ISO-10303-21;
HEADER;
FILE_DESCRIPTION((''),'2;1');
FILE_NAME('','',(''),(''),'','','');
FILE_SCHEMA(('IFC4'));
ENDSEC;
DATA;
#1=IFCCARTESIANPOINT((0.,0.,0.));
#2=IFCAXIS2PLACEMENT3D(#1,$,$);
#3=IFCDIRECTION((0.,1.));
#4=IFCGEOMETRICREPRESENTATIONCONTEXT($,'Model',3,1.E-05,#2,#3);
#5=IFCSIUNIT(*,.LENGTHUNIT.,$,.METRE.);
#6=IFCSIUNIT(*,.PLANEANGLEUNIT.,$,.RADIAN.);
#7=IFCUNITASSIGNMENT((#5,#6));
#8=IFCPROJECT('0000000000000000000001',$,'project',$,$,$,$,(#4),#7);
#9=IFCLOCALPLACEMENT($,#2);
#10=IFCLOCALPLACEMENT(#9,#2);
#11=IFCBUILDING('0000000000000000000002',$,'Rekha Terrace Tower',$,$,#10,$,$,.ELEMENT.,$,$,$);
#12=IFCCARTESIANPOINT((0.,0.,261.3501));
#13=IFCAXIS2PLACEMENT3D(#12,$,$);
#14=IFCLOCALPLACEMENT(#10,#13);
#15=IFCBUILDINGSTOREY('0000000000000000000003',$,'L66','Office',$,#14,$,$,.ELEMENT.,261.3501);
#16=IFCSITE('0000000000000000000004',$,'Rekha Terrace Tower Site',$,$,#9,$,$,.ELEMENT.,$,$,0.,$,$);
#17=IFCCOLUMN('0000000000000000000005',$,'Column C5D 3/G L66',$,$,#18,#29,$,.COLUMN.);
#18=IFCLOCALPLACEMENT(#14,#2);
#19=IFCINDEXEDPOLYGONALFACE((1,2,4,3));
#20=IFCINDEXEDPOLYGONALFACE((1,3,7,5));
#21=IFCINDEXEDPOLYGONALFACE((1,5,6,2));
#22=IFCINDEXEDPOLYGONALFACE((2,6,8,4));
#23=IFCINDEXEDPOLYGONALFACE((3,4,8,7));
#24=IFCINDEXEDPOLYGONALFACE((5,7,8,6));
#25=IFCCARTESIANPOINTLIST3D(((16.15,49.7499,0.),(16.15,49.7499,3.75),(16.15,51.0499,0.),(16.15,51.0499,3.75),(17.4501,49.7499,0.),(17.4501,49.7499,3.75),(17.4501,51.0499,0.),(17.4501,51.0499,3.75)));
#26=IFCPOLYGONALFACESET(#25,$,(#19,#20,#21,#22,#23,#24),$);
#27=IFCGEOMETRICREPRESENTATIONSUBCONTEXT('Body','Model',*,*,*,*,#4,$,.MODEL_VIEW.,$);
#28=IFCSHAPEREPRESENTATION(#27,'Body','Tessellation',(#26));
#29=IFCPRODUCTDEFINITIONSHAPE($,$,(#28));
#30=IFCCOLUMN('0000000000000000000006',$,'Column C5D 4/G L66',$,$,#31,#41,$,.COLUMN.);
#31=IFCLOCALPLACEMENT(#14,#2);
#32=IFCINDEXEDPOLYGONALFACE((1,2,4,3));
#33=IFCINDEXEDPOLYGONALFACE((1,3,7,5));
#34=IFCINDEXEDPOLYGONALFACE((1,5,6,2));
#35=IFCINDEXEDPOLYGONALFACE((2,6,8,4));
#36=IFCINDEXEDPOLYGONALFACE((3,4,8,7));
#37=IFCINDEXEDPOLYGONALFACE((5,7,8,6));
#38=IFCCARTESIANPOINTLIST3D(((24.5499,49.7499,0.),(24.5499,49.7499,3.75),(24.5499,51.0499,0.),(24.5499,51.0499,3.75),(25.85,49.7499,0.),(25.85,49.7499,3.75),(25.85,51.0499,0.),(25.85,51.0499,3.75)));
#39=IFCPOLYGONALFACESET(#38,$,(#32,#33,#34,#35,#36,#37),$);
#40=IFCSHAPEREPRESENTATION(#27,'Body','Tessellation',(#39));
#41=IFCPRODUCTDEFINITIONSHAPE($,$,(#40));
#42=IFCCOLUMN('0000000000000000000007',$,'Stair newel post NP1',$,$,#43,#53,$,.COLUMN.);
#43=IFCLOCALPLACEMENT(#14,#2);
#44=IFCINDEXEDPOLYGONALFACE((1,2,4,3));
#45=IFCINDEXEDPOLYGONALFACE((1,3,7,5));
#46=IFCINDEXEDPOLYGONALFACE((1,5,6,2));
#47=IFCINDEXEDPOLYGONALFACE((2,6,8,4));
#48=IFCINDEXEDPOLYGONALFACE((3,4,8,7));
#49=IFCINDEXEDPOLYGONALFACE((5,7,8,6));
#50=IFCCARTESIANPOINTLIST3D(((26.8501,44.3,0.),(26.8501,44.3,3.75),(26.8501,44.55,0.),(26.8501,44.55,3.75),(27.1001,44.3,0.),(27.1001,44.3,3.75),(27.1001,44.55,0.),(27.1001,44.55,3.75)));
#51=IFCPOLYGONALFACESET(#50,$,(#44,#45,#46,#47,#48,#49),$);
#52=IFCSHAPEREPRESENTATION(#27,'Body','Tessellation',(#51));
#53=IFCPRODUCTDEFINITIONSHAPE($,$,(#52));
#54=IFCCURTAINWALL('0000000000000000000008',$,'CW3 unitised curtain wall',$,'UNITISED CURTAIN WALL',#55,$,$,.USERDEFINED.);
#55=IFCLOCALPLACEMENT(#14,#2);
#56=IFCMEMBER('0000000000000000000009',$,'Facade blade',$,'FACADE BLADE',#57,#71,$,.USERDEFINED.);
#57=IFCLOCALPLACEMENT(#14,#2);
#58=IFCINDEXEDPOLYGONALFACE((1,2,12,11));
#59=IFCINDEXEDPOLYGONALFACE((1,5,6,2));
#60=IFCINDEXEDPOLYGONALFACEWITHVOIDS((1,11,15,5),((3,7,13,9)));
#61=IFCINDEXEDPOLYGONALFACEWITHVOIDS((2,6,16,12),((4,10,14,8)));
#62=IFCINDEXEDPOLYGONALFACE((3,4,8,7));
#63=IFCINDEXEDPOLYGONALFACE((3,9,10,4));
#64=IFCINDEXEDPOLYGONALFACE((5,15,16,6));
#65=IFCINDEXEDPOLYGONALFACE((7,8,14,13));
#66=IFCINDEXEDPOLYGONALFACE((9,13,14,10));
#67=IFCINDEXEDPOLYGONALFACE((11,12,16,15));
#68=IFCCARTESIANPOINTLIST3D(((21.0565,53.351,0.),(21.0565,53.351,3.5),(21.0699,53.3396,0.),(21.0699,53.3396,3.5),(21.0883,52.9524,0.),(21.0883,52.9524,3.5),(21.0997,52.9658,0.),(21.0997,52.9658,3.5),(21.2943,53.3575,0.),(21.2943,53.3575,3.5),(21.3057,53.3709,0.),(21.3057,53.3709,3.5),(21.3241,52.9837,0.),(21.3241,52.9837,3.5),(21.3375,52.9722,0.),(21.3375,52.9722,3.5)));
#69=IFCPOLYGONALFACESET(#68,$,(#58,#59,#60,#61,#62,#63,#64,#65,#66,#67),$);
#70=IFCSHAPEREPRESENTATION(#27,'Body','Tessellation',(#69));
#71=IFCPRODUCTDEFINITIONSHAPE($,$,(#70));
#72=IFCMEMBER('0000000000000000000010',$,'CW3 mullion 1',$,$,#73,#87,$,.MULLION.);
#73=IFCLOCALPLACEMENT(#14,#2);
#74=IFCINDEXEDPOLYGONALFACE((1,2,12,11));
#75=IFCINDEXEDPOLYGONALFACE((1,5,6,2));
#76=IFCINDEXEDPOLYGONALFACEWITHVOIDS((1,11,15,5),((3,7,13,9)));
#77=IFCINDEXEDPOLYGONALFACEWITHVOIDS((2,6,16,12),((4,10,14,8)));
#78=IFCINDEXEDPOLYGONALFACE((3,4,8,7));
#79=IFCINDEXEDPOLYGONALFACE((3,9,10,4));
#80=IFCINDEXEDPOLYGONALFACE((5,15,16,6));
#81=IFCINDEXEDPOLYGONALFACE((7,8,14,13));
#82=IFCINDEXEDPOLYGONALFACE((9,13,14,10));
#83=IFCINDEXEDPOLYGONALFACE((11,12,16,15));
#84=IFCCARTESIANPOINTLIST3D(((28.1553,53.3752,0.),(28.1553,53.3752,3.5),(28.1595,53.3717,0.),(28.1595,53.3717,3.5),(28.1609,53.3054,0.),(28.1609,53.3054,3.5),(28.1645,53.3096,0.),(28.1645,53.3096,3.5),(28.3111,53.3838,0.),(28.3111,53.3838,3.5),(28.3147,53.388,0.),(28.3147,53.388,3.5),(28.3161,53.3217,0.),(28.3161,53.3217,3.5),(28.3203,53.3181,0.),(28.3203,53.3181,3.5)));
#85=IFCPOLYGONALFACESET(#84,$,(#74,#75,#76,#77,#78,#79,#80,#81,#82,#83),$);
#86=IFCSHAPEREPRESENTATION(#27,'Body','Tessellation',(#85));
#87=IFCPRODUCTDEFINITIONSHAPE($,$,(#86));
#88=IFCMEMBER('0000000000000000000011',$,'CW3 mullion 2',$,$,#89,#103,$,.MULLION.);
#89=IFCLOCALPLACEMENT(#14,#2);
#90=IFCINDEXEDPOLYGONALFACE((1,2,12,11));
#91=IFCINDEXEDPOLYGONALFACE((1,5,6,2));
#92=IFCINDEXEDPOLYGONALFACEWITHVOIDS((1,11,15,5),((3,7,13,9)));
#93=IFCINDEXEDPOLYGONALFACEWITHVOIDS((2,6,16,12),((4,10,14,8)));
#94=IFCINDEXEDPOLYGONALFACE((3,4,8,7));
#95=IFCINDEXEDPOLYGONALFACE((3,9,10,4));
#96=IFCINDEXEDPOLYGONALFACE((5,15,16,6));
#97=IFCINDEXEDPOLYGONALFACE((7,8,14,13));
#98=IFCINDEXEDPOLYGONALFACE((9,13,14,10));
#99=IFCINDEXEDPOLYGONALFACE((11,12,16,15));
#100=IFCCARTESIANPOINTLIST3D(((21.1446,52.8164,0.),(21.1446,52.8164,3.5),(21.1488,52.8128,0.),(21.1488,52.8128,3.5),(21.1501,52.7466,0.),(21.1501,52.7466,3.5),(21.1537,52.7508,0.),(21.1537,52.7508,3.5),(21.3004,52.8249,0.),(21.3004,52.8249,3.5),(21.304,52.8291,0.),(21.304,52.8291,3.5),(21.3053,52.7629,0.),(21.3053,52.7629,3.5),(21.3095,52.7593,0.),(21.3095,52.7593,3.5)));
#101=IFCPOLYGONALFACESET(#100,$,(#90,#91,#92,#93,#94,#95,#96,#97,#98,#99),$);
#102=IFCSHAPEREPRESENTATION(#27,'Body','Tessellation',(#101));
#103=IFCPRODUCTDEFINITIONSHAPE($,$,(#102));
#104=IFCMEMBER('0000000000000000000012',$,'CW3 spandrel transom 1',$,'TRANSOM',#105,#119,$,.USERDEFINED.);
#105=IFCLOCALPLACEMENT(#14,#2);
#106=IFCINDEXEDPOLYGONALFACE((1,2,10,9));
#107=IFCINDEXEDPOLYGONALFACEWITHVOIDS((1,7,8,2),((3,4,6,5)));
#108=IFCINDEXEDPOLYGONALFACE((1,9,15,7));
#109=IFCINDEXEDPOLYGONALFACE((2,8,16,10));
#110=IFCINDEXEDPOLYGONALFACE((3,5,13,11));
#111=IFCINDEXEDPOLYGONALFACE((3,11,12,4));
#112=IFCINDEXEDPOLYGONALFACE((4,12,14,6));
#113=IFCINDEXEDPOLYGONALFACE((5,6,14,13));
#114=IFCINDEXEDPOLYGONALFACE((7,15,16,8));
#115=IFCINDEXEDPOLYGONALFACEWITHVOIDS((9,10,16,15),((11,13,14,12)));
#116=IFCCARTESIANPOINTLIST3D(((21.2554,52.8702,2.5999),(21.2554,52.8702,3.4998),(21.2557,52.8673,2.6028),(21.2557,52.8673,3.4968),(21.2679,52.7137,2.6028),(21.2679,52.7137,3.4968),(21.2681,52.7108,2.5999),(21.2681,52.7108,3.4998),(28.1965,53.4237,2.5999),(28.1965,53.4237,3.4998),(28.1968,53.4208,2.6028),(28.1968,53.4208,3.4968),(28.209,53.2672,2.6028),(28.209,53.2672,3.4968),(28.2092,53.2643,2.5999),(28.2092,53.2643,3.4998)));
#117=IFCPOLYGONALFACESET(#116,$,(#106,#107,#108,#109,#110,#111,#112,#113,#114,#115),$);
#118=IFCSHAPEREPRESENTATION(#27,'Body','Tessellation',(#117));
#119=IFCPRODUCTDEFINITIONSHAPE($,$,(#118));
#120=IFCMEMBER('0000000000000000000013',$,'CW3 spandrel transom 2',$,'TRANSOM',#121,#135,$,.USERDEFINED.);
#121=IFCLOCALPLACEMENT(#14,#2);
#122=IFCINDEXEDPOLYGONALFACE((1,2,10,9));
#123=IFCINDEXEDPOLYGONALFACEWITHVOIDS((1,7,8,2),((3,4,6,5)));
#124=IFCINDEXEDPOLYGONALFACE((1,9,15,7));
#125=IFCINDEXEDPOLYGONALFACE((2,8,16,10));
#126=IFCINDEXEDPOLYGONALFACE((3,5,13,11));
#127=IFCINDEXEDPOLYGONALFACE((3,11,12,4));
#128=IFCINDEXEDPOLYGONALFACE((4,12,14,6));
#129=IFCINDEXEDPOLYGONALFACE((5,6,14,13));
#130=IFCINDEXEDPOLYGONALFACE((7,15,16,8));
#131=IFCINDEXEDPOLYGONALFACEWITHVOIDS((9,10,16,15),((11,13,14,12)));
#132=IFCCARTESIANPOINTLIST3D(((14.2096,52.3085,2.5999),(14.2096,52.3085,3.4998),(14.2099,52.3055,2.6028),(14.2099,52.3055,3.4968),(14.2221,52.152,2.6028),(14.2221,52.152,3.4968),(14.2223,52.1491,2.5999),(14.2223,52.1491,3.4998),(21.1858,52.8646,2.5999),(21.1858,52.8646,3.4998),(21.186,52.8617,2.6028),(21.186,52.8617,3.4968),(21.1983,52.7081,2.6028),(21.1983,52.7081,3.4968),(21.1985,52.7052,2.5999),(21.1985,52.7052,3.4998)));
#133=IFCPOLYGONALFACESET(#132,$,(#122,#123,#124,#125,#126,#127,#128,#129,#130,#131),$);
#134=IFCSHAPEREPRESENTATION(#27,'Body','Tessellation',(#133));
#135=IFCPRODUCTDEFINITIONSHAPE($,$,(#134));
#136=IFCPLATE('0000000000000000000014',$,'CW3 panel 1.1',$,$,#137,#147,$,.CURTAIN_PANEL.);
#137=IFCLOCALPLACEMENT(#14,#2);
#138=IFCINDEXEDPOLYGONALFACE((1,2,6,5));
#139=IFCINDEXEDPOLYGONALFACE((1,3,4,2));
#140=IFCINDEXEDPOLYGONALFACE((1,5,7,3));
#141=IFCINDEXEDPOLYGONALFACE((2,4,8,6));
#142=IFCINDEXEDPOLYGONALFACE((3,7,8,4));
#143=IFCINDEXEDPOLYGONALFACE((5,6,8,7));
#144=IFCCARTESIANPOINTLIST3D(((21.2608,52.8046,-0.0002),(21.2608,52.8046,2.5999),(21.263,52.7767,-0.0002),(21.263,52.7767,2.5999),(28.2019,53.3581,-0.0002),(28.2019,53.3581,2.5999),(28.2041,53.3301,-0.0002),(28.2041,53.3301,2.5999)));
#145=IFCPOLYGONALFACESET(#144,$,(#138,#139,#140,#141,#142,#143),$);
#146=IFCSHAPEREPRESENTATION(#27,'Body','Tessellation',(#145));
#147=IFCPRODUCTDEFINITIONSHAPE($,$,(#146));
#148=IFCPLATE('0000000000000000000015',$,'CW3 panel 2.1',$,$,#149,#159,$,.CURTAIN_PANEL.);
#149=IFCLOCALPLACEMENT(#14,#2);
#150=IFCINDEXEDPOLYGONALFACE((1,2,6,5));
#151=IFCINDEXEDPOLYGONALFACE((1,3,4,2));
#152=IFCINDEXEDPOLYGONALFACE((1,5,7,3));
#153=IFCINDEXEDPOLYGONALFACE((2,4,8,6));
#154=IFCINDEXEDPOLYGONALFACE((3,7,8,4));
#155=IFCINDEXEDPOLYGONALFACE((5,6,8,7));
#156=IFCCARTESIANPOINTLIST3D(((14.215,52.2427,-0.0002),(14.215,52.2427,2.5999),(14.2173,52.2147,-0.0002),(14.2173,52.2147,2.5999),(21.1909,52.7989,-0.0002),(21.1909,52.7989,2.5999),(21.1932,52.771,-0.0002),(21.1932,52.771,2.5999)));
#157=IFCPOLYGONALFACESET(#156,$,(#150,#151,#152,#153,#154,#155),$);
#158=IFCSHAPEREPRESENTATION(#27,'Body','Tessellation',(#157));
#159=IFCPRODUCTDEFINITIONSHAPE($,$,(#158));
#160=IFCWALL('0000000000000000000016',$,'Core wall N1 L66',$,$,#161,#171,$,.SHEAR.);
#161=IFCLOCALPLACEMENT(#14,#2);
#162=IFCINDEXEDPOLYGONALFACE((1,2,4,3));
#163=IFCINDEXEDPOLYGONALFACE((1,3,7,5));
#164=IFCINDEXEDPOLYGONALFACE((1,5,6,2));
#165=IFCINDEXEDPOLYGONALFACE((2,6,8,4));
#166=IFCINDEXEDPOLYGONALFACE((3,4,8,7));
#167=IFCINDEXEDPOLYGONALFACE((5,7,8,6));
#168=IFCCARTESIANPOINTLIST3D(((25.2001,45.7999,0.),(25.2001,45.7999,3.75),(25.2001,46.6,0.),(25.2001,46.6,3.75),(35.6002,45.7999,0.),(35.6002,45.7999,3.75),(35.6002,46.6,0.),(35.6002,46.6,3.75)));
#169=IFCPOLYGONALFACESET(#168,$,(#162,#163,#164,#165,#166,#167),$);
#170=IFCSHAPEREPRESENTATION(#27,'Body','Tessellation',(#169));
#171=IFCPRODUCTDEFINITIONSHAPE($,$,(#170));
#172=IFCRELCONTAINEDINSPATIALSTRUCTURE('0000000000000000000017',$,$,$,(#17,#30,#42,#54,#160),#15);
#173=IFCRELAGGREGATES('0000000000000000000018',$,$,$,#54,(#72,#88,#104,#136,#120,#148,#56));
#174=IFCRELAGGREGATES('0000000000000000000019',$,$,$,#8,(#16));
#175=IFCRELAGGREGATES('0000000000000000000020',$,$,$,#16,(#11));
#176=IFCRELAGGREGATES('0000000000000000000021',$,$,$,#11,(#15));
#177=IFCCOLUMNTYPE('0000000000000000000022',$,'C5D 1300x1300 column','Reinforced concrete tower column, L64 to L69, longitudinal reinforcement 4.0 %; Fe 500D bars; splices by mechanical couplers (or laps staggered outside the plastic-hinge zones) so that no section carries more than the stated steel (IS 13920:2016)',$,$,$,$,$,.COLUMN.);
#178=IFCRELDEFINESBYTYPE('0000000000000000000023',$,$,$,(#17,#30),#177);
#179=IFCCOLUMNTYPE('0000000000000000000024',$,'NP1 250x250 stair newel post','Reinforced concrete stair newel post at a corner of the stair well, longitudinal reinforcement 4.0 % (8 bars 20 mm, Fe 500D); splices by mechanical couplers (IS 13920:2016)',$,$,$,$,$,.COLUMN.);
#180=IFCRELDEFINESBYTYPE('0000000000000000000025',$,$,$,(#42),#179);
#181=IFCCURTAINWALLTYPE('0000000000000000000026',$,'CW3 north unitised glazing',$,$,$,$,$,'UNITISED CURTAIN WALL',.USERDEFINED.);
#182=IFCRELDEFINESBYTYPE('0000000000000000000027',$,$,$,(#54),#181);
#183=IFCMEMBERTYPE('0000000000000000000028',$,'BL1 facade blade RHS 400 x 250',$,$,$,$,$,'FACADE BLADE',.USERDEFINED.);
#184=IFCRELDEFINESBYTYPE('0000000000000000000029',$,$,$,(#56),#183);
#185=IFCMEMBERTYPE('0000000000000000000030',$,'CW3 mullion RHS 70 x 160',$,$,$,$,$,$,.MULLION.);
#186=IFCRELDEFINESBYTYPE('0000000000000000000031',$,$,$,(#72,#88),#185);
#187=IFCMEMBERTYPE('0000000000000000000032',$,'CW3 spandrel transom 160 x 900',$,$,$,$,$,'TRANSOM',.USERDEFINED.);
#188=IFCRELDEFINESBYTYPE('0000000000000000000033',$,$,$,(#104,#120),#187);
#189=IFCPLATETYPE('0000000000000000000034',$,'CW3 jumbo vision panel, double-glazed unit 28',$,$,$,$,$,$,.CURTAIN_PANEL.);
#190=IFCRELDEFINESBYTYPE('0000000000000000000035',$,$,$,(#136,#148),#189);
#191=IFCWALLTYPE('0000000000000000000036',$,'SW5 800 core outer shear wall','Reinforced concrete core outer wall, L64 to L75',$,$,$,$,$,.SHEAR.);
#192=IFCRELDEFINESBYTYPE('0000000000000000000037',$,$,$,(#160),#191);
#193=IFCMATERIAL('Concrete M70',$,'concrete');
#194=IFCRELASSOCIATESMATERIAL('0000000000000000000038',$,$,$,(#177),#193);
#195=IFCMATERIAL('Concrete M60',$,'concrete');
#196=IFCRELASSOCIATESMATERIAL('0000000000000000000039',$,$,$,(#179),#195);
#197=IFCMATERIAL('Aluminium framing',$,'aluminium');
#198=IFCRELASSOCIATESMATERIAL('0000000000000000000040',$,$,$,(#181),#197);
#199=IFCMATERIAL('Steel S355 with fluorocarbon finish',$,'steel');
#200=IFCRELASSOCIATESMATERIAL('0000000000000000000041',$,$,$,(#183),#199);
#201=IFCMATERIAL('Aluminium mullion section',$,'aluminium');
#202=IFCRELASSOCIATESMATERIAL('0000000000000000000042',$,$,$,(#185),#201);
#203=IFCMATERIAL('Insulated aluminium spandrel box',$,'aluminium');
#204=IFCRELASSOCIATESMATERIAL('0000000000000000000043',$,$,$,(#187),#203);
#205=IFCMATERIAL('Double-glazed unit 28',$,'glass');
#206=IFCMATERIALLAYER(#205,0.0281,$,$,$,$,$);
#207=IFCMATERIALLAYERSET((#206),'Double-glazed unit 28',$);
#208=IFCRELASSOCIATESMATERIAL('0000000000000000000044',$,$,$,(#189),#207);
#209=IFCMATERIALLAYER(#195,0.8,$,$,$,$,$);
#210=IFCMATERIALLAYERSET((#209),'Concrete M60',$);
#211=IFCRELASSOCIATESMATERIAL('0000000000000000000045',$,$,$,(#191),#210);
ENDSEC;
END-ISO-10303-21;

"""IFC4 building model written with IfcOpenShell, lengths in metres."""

from ifc_helpers import new_model, si_unit, direction, frame, frame_2d, origin, origin_2d, place, context, subcontext, project, spatial, rectangle, hollow_rectangle, extrude, material, layer, layer_set, material_profile, profile_set, type_object, element, aggregate, save


model = new_model("IFC4")

# Units and contexts
model_context = context("Model", 3, precision=1e-05, world=origin(), true_north=direction((0.0, 1.0)))
body_context = subcontext(model_context, "Body", "Model", "MODEL_VIEW")
ifc_project = project(units=[si_unit("LENGTHUNIT", "METRE"), si_unit("PLANEANGLEUNIT", "RADIAN")], contexts=[model_context])

# Site, building, storey
site_placement = place(None, origin())
site = spatial("IfcSite", under=ifc_project, at=site_placement, Name="Rekha Terrace Tower Site", CompositionType="ELEMENT", RefElevation=0.0)
building_placement = place(site_placement, origin())
building = spatial("IfcBuilding", under=site, at=building_placement, Name="Rekha Terrace Tower", CompositionType="ELEMENT")
storey_placement = place(building_placement, frame((0.0, 0.0, 261.3501)))
storey = spatial("IfcBuildingStorey", under=building, at=storey_placement, Name="L66", Description="Office", CompositionType="ELEMENT", Elevation=261.3501)

# Columns
ifc_material_1 = material(Name="Concrete M70", Category="concrete")
ifc_material_profile_1 = material_profile(ifc_material_1, rectangle(XDim=1.3, YDim=1.3, at=origin_2d()), Name="RC 1300x1300")
ifc_profile_set_1 = profile_set([ifc_material_profile_1], Name="Concrete M70")
column_type_1 = type_object("IfcColumnType", Name="C5D 1300x1300 column", Description="Reinforced concrete tower column, L64 to L69, longitudinal reinforcement 4.0 %; Fe 500D bars; splices by mechanical couplers (or laps staggered outside the plastic-hinge zones) so that no section carries more than the stated steel (IS 13920:2016)", PredefinedType="COLUMN", material=ifc_profile_set_1)
for number, where, z_axis, x_axis, name in (
    (1, (16.8, 50.3999, 0.0), (0.0, 0.0, 1.0), (1.0, 0.0, 0.0), "Column C5D 3/G L66"),
    (2, (25.2, 50.3999, 0.0), (0.0, 0.0, 1.0), (1.0, 0.0, 0.0), "Column C5D 4/G L66"),
):
    element("IfcColumn", number, at=place(storey_placement, frame(where, z_axis=z_axis, x_axis=x_axis)), inside=storey, type_object=column_type_1, Name=name, PredefinedType="COLUMN", context=body_context, shape_type="SweptSolid", body=[
        extrude(rectangle(XDim=1.3, YDim=1.3, at=origin_2d()), origin(), (0.0, 0.0, 1.0), 3.75),
    ])
ifc_material_2 = material(Name="Concrete M60", Category="concrete")
ifc_material_profile_2 = material_profile(ifc_material_2, rectangle(XDim=0.25, YDim=0.25, at=origin_2d()), Name="RC 250x250")
ifc_profile_set_2 = profile_set([ifc_material_profile_2], Name="Concrete M60")
column_type_2 = type_object("IfcColumnType", Name="NP1 250x250 stair newel post", Description="Reinforced concrete stair newel post at a corner of the stair well, longitudinal reinforcement 4.0 % (8 bars 20 mm, Fe 500D); splices by mechanical couplers (IS 13920:2016)", PredefinedType="COLUMN", material=ifc_profile_set_2)
column_placement = place(storey_placement, frame((26.9751, 44.425, 0.0), z_axis=(0.0, 0.0, 1.0), x_axis=(1.0, 0.0, 0.0)))
element("IfcColumn", 3, at=column_placement, inside=storey, type_object=column_type_2, Name="Stair newel post NP1", PredefinedType="COLUMN", context=body_context, shape_type="SweptSolid", body=[
    extrude(rectangle(XDim=0.25, YDim=0.25, at=origin_2d()), origin(), (0.0, 0.0, 1.0), 3.75),
])

# Curtain wall, members, plates
ifc_material_3 = material(Name="Aluminium framing", Category="aluminium")
curtain_wall_type = type_object("IfcCurtainWallType", Name="CW3 north unitised glazing", ElementType="UNITISED CURTAIN WALL", PredefinedType="USERDEFINED", material=ifc_material_3)
curtain_wall_placement = place(storey_placement, origin())
curtain_wall = element("IfcCurtainWall", 4, at=curtain_wall_placement, inside=storey, type_object=curtain_wall_type, Name="CW3 unitised curtain wall", ObjectType="UNITISED CURTAIN WALL", PredefinedType="USERDEFINED")
ifc_material_4 = material(Name="Steel S355 with fluorocarbon finish", Category="steel")
ifc_material_profile_3 = material_profile(ifc_material_4, hollow_rectangle(XDim=0.25, YDim=0.3999, WallThickness=0.0125, at=origin_2d()), Name="RHS400x250x12.5")
ifc_profile_set_3 = profile_set([ifc_material_profile_3], Name="Steel S355 with fluorocarbon finish")
member_type_1 = type_object("IfcMemberType", Name="BL1 facade blade RHS 400 x 250", ElementType="FACADE BLADE", PredefinedType="USERDEFINED", material=ifc_profile_set_3)
member_1_placement = place(storey_placement, frame((21.197, 53.1616, 0.0), z_axis=(0.0, 0.0, 1.0), x_axis=(-0.996836, -0.079486, 0.0)))
member_1 = element("IfcMember", 5, at=member_1_placement, type_object=member_type_1, Name="Facade blade", ObjectType="FACADE BLADE", PredefinedType="USERDEFINED", context=body_context, shape_type="SweptSolid", body=[
    extrude(hollow_rectangle(XDim=0.25, YDim=0.3999, WallThickness=0.0125, at=origin_2d()), origin(), (0.0, 0.0, 1.0), 3.5),
])
ifc_material_5 = material(Name="Aluminium mullion section", Category="aluminium")
ifc_material_profile_4 = material_profile(ifc_material_5, hollow_rectangle(XDim=0.0701, YDim=0.1599, WallThickness=0.0039, at=origin_2d()), Name="AL RHS 70x160")
ifc_profile_set_4 = profile_set([ifc_material_profile_4], Name="Aluminium mullion section")
member_type_2 = type_object("IfcMemberType", Name="CW3 mullion RHS 70 x 160", PredefinedType="MULLION", material=ifc_profile_set_4)
member_2_placement = place(storey_placement, frame((28.2378, 53.3467, 0.0), z_axis=(0.0, 0.0, 1.0), x_axis=(0.079485, -0.996836, 0.0)))
member_2 = element("IfcMember", 6, at=member_2_placement, type_object=member_type_2, Name="CW3 mullion 1", PredefinedType="MULLION", context=body_context, shape_type="SweptSolid", body=[
    extrude(hollow_rectangle(XDim=0.0701, YDim=0.1599, WallThickness=0.0039, at=origin_2d()), origin(), (0.0, 0.0, 1.0), 3.5),
])
member_3_placement = place(storey_placement, frame((21.2271, 52.7878, 0.0), z_axis=(0.0, 0.0, 1.0), x_axis=(0.079485, -0.996836, 0.0)))
member_3 = element("IfcMember", 7, at=member_3_placement, type_object=member_type_2, Name="CW3 mullion 2", PredefinedType="MULLION", context=body_context, shape_type="SweptSolid", body=[
    extrude(hollow_rectangle(XDim=0.0701, YDim=0.1599, WallThickness=0.0039, at=origin_2d()), origin(), (0.0, 0.0, 1.0), 3.5),
])
ifc_material_6 = material(Name="Insulated aluminium spandrel box", Category="aluminium")
ifc_material_profile_5 = material_profile(ifc_material_6, hollow_rectangle(XDim=0.1599, YDim=0.8999, WallThickness=0.0029, at=origin_2d()), Name="AL SPANDREL BOX 160x900")
ifc_profile_set_5 = profile_set([ifc_material_profile_5], Name="Insulated aluminium spandrel box")
member_type_3 = type_object("IfcMemberType", Name="CW3 spandrel transom 160 x 900", ElementType="TRANSOM", PredefinedType="USERDEFINED", material=ifc_profile_set_5)
member_4_placement = place(storey_placement, frame((28.2029, 53.344, 3.0498), z_axis=(-0.996836, -0.079485, 0.0), x_axis=(0.079485, -0.996836, 0.0)))
member_4 = element("IfcMember", 8, at=member_4_placement, type_object=member_type_3, Name="CW3 spandrel transom 1", ObjectType="TRANSOM", PredefinedType="USERDEFINED", context=body_context, shape_type="SweptSolid", body=[
    extrude(hollow_rectangle(XDim=0.1599, YDim=0.8999, WallThickness=0.0029, at=origin_2d()), origin(), (0.0, 0.0, 1.0), 6.9631),
])
member_5_placement = place(storey_placement, frame((21.1921, 52.7849, 3.0498), z_axis=(-0.996837, -0.079471, 0.0), x_axis=(0.079471, -0.996837, 0.0)))
member_5 = element("IfcMember", 9, at=member_5_placement, type_object=member_type_3, Name="CW3 spandrel transom 2", ObjectType="TRANSOM", PredefinedType="USERDEFINED", context=body_context, shape_type="SweptSolid", body=[
    extrude(hollow_rectangle(XDim=0.1599, YDim=0.8999, WallThickness=0.0029, at=origin_2d()), origin(), (0.0, 0.0, 1.0), 6.9983),
])
ifc_material_7 = material(Name="Double-glazed unit 28", Category="glass")
ifc_layer_1 = layer(ifc_material_7, 0.0281)
ifc_layer_set_1 = layer_set([ifc_layer_1], Name="Double-glazed unit 28")
plate_type = type_object("IfcPlateType", Name="CW3 jumbo vision panel, double-glazed unit 28", PredefinedType="CURTAIN_PANEL", material=ifc_layer_set_1)
plate_1_placement = place(storey_placement, frame((24.7324, 53.0674, -0.0002), z_axis=(0.0, 0.0, 1.0), x_axis=(-0.996836, -0.079485, 0.0)))
plate_1 = element("IfcPlate", 10, at=plate_1_placement, type_object=plate_type, Name="CW3 panel 1.1", PredefinedType="CURTAIN_PANEL", context=body_context, shape_type="SweptSolid", body=[
    extrude(rectangle(XDim=6.9631, YDim=0.0281, at=origin_2d()), origin(), (0.0, 0.0, 1.0), 2.6001),
])
plate_2_placement = place(storey_placement, frame((17.7041, 52.5068, -0.0002), z_axis=(0.0, 0.0, 1.0), x_axis=(-0.996836, -0.079485, 0.0)))
plate_2 = element("IfcPlate", 11, at=plate_2_placement, type_object=plate_type, Name="CW3 panel 2.1", PredefinedType="CURTAIN_PANEL", context=body_context, shape_type="SweptSolid", body=[
    extrude(rectangle(XDim=6.998, YDim=0.0281, at=origin_2d()), origin(), (0.0, 0.0, 1.0), 2.6001),
])
aggregate(curtain_wall, [member_2, member_3, member_4, plate_1, member_5, plate_2, member_1])

# Wall
ifc_layer_2 = layer(ifc_material_2, 0.8)
ifc_layer_set_2 = layer_set([ifc_layer_2], Name="Concrete M60")
wall_type_1 = type_object("IfcWallType", Name="SW5 800 core outer shear wall", Description="Reinforced concrete core outer wall, L64 to L75", PredefinedType="SHEAR", material=ifc_layer_set_2)
wall_1_placement = place(storey_placement, frame((25.2, 46.2, 0.0), z_axis=(0.0, 0.0, 1.0), x_axis=(1.0, 0.0, 0.0)))
element("IfcWall", 12, at=wall_1_placement, inside=storey, type_object=wall_type_1, Name="Core wall N1 L66", PredefinedType="SHEAR", context=body_context, shape_type="SweptSolid", body=[
    extrude(rectangle(XDim=10.4001, YDim=0.8, at=frame_2d((5.2002, 0.0))), origin(), (0.0, 0.0, 1.0), 3.75),
])

save(model, "model.ifc")
